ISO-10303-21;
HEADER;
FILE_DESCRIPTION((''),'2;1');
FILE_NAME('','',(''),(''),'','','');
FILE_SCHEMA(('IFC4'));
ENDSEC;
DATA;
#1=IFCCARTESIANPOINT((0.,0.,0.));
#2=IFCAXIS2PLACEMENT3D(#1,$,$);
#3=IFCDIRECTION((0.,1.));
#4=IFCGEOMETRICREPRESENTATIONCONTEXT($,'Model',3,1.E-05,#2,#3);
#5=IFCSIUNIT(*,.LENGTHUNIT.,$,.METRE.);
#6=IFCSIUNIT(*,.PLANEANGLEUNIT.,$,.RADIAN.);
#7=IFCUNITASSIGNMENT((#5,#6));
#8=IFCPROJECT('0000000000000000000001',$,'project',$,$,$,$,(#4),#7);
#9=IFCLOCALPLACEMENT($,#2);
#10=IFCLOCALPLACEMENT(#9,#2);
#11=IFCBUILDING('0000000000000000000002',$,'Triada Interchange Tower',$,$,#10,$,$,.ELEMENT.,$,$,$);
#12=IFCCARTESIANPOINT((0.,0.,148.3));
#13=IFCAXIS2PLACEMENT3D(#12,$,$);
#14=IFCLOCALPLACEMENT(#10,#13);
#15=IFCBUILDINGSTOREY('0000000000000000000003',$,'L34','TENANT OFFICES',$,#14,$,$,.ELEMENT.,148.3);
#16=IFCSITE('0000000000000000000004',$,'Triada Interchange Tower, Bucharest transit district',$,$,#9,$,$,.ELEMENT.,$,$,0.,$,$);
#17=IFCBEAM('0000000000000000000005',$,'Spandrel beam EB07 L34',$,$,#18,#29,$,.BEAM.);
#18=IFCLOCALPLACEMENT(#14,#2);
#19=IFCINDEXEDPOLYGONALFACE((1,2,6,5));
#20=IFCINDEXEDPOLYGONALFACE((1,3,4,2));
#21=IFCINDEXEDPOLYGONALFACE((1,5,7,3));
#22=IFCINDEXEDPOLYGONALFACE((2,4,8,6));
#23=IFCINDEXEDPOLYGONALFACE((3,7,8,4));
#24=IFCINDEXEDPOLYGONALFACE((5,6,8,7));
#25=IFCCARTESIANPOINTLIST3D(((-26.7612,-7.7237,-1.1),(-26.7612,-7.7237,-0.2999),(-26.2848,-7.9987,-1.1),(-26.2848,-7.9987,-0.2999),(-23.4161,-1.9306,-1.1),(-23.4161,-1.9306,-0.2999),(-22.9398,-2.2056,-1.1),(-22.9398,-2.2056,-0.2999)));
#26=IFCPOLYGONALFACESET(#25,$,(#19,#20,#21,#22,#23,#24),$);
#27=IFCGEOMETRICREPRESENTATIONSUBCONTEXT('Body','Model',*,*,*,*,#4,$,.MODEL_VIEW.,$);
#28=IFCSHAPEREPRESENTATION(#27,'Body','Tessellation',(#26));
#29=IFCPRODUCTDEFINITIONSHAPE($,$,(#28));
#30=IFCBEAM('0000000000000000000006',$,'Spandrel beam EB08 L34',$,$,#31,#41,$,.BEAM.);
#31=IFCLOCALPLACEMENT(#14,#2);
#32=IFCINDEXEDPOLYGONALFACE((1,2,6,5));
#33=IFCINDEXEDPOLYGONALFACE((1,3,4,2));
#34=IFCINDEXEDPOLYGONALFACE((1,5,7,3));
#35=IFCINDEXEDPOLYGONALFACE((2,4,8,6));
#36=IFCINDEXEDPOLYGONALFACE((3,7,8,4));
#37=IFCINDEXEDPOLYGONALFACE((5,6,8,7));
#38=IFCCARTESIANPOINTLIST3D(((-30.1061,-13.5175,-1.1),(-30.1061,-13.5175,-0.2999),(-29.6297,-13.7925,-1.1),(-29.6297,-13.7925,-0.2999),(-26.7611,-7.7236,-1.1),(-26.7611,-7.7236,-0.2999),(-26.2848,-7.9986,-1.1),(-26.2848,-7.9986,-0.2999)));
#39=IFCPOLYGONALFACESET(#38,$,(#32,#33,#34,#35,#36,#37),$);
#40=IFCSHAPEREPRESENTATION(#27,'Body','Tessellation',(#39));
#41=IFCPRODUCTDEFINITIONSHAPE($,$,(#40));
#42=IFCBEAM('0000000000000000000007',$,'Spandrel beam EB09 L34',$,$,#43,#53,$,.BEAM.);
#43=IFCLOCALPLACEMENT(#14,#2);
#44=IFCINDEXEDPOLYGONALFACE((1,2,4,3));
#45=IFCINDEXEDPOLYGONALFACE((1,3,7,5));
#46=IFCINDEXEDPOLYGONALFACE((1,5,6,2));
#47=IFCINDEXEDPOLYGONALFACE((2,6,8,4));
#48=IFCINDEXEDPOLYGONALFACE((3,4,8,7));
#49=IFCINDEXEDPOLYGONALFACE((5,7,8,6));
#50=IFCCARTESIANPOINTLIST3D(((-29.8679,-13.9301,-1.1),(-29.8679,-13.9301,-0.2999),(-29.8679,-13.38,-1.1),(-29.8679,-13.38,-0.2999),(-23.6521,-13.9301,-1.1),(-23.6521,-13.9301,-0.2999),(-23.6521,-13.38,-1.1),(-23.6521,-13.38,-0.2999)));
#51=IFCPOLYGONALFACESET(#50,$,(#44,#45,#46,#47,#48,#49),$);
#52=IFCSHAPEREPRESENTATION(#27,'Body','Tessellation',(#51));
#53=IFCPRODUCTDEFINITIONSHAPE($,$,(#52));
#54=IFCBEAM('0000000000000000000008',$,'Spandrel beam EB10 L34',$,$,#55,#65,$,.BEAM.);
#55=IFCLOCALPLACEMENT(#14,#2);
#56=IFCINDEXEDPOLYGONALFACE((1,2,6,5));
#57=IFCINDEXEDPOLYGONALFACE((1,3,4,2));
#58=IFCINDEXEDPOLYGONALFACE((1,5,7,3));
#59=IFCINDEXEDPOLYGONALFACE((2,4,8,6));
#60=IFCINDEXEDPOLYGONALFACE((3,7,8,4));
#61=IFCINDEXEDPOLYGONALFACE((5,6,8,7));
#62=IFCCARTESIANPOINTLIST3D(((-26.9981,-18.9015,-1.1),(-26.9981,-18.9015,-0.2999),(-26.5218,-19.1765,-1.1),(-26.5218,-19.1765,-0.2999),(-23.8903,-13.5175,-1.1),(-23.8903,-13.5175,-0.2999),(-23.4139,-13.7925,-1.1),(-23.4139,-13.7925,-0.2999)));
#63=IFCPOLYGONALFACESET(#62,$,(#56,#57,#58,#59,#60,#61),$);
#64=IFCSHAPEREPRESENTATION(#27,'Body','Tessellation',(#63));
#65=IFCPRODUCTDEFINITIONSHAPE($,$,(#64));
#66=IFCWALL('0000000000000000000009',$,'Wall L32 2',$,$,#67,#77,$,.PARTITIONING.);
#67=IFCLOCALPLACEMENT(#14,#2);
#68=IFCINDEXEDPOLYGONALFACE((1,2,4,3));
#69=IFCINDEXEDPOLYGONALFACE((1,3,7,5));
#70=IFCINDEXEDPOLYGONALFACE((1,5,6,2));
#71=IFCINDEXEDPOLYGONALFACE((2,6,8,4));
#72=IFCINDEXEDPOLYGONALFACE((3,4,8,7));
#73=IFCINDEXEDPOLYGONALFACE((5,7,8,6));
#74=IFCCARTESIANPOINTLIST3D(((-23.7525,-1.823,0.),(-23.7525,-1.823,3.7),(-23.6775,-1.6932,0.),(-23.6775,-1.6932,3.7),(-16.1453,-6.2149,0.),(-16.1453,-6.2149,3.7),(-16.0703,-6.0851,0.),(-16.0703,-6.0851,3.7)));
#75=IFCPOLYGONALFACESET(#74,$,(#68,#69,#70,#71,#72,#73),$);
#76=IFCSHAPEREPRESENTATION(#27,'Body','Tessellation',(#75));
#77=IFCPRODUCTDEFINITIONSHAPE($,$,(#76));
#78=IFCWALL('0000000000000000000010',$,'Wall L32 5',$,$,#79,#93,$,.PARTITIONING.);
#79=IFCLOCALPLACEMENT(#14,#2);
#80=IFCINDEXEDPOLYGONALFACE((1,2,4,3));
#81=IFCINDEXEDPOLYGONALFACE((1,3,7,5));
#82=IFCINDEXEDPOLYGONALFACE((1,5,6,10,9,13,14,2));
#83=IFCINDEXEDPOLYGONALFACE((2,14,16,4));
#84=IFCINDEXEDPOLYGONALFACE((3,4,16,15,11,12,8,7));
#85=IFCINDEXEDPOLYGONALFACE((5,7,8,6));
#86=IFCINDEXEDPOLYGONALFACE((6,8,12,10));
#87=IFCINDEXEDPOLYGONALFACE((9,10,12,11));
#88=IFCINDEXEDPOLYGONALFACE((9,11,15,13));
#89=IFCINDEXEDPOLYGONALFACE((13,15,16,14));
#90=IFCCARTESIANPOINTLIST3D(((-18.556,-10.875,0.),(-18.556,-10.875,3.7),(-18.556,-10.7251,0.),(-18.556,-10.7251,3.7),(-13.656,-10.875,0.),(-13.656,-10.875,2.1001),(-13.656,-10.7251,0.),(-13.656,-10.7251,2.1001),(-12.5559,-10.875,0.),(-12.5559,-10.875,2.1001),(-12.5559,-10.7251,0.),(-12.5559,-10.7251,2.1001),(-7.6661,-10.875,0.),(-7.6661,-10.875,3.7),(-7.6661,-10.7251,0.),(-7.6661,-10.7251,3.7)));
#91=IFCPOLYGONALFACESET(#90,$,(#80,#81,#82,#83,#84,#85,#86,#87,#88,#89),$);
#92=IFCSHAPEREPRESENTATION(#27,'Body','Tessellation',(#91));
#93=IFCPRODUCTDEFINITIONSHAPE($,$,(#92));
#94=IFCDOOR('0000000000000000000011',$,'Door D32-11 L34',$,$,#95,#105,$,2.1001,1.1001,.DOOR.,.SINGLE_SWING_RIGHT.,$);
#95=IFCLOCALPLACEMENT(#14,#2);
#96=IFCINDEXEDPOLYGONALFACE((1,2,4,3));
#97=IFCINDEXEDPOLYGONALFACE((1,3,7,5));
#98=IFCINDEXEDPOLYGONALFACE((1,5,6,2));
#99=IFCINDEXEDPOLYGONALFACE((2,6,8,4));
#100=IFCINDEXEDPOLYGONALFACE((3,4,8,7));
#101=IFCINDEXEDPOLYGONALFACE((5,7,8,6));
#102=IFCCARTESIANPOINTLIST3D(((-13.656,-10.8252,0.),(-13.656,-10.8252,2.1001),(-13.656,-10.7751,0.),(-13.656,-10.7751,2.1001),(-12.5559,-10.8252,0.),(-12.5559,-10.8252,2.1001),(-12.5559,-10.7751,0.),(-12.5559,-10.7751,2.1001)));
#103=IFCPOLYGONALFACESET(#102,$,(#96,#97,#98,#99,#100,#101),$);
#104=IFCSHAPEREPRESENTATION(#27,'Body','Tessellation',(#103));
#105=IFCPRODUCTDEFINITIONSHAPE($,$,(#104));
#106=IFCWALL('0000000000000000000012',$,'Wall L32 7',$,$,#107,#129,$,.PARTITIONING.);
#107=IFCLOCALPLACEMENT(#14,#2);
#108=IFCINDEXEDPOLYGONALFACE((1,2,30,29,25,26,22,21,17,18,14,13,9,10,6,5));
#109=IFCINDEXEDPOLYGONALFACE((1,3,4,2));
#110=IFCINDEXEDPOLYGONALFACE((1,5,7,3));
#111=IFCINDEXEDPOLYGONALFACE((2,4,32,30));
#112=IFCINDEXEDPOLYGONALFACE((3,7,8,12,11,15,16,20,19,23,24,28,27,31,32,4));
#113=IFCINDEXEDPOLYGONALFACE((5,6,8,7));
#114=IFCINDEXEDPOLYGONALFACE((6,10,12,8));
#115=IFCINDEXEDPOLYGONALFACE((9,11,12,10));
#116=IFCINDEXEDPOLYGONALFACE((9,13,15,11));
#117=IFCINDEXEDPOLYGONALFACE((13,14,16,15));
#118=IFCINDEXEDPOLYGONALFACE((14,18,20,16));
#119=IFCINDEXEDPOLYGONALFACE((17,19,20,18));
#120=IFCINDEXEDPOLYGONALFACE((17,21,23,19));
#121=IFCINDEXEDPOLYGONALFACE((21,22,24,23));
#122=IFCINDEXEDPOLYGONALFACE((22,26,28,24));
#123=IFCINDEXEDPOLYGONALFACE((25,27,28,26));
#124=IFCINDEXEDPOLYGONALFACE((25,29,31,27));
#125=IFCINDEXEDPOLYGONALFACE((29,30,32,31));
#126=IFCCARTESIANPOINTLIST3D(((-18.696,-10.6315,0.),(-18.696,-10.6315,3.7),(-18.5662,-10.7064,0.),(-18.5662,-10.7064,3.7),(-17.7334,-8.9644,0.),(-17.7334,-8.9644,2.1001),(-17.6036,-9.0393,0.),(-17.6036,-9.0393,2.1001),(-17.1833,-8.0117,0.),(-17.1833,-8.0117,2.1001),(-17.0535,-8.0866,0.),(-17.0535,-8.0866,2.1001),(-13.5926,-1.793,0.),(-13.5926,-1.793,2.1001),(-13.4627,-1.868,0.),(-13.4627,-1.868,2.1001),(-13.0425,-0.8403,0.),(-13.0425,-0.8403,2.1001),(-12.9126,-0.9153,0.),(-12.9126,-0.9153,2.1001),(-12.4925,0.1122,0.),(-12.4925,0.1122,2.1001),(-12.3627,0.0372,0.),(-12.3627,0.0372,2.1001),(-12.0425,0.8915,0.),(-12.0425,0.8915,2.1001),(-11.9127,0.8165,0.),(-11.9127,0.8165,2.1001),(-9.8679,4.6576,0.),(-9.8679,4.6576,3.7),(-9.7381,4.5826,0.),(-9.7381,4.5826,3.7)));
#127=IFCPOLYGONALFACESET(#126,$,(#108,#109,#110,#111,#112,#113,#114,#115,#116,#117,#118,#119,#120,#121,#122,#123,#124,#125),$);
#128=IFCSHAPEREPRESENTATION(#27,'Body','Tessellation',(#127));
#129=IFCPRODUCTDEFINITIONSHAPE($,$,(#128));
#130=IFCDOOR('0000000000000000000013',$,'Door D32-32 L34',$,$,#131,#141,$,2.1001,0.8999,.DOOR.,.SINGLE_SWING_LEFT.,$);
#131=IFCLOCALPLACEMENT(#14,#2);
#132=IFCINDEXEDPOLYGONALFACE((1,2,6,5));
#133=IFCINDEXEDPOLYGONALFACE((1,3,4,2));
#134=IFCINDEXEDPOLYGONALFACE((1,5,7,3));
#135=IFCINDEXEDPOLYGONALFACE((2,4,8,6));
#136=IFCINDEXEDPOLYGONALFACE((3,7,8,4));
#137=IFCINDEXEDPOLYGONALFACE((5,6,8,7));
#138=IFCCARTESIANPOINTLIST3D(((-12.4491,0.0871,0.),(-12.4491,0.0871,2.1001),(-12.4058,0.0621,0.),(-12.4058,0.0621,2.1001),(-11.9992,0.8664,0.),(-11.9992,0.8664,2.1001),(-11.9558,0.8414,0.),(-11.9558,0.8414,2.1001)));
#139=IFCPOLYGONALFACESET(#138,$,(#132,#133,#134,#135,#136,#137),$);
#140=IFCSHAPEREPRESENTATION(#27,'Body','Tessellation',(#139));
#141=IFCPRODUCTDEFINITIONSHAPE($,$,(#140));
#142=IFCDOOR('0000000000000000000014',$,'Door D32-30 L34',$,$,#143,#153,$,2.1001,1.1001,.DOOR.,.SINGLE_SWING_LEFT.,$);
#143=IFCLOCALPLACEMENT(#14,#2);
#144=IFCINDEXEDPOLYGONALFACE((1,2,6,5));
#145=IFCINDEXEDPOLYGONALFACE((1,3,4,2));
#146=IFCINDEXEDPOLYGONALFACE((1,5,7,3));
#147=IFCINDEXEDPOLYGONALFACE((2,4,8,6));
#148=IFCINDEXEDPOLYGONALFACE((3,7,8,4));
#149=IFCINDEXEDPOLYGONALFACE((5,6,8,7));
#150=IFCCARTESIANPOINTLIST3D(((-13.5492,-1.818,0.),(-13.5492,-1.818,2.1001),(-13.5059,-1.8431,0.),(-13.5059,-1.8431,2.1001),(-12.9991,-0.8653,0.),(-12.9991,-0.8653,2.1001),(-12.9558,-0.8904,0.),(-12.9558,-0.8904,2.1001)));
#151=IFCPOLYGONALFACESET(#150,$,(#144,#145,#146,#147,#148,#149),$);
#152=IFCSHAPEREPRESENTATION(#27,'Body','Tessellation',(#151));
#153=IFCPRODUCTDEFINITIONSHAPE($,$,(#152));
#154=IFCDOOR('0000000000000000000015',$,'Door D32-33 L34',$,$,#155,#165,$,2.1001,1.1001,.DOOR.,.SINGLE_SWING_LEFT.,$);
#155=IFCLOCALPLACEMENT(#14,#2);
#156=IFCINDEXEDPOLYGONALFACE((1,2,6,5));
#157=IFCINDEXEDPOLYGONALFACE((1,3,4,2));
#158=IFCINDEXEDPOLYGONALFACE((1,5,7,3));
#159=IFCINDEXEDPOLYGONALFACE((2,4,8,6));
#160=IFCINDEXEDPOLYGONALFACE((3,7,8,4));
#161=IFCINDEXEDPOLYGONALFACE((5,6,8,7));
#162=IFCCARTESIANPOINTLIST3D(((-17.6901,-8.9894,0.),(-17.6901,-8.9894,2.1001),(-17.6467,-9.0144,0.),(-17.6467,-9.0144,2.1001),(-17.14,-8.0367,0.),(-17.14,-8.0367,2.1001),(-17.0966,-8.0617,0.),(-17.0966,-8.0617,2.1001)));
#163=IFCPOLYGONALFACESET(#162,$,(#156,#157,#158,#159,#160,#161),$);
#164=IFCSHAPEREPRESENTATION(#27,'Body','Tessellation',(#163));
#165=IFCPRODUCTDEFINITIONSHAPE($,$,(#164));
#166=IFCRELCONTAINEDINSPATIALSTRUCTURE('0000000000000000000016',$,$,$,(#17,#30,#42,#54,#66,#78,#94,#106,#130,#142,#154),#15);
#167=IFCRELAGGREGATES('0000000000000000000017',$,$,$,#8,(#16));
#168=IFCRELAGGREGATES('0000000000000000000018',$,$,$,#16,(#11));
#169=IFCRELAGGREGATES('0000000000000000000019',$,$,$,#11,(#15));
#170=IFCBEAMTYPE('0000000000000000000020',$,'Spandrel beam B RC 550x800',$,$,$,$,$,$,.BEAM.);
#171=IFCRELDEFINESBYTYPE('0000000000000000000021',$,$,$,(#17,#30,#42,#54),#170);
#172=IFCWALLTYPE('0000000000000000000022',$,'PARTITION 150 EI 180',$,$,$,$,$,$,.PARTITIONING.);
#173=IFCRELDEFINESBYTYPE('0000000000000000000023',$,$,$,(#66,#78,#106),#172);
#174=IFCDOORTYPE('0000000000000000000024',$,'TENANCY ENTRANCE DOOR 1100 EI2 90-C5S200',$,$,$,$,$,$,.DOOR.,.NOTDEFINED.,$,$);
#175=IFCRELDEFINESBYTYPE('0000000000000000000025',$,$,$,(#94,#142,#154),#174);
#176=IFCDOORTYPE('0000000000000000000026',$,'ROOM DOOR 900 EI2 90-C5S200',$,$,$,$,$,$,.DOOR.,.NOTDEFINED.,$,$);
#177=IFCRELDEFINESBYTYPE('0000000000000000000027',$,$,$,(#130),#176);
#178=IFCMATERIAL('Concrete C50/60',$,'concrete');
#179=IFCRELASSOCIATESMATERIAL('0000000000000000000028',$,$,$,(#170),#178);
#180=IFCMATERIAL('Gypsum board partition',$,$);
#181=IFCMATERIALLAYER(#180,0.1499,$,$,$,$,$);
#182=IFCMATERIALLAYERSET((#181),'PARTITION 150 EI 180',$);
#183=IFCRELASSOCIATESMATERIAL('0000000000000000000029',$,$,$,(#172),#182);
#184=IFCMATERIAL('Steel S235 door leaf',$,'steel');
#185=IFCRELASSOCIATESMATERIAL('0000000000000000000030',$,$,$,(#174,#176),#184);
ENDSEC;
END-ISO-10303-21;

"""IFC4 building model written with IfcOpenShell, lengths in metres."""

from ifc_helpers import new_model, si_unit, direction, frame, frame_2d, origin, origin_2d, place, context, subcontext, project, spatial, rectangle, extrude, material, layer, layer_set, material_profile, profile_set, type_object, element, fill, save


model = new_model("IFC4")

# Units and contexts
model_context = context("Model", 3, precision=1e-05, world=origin(), true_north=direction((0.0, 1.0)))
body_context = subcontext(model_context, "Body", "Model", "MODEL_VIEW")
ifc_project = project(units=[si_unit("LENGTHUNIT", "METRE"), si_unit("PLANEANGLEUNIT", "RADIAN")], contexts=[model_context])

# Site, building, storey
site_placement = place(None, origin())
site = spatial("IfcSite", under=ifc_project, at=site_placement, Name="Triada Interchange Tower, Bucharest transit district", CompositionType="ELEMENT", RefElevation=0.0)
building_placement = place(site_placement, origin())
building = spatial("IfcBuilding", under=site, at=building_placement, Name="Triada Interchange Tower", CompositionType="ELEMENT")
storey_placement = place(building_placement, frame((0.0, 0.0, 148.3)))
storey = spatial("IfcBuildingStorey", under=building, at=storey_placement, Name="L34", Description="TENANT OFFICES", CompositionType="ELEMENT", Elevation=148.3)

# Beams
ifc_material_1 = material(Name="Concrete C50/60", Category="concrete")
ifc_material_profile_1 = material_profile(ifc_material_1, rectangle(XDim=0.55, YDim=0.8, at=origin_2d()), Name="RC 550x800")
ifc_profile_set_1 = profile_set([ifc_material_profile_1], Name="Concrete C50/60")
beam_type_1 = type_object("IfcBeamType", Name="Spandrel beam B RC 550x800", PredefinedType="BEAM", material=ifc_profile_set_1)
beam_1_placement = place(storey_placement, frame((-23.178, -2.0681, -0.7), z_axis=(-0.500045, -0.866, 0.0), x_axis=(0.866, -0.500045, 0.0)))
element("IfcBeam", 1, at=beam_1_placement, inside=storey, type_object=beam_type_1, Name="Spandrel beam EB07 L34", PredefinedType="BEAM", context=body_context, shape_type="SweptSolid", body=[
    extrude(rectangle(XDim=0.55, YDim=0.8, at=origin_2d()), origin(), (0.0, 0.0, 1.0), 6.6895),
])
beam_2_placement = place(storey_placement, frame((-26.5229, -7.8611, -0.7), z_axis=(-0.499981, -0.866036, 0.0), x_axis=(0.866036, -0.499981, 0.0)))
element("IfcBeam", 2, at=beam_2_placement, inside=storey, type_object=beam_type_1, Name="Spandrel beam EB08 L34", PredefinedType="BEAM", context=body_context, shape_type="SweptSolid", body=[
    extrude(rectangle(XDim=0.55, YDim=0.8, at=origin_2d()), origin(), (0.0, 0.0, 1.0), 6.6902),
])
beam_3_placement = place(storey_placement, frame((-29.8679, -13.655, -0.7), z_axis=(1.0, 0.0, 0.0), x_axis=(0.0, 1.0, 0.0)))
element("IfcBeam", 3, at=beam_3_placement, inside=storey, type_object=beam_type_1, Name="Spandrel beam EB09 L34", PredefinedType="BEAM", context=body_context, shape_type="SweptSolid", body=[
    extrude(rectangle(XDim=0.55, YDim=0.8, at=origin_2d()), origin(), (0.0, 0.0, 1.0), 6.2158),
])
beam_4_placement = place(storey_placement, frame((-23.6521, -13.655, -0.7), z_axis=(-0.499932, -0.866065, 0.0), x_axis=(0.866065, -0.499932, 0.0)))
element("IfcBeam", 4, at=beam_4_placement, inside=storey, type_object=beam_type_1, Name="Spandrel beam EB10 L34", PredefinedType="BEAM", context=body_context, shape_type="SweptSolid", body=[
    extrude(rectangle(XDim=0.55, YDim=0.8, at=origin_2d()), origin(), (0.0, 0.0, 1.0), 6.2166),
])

# Wall
ifc_material_2 = material(Name="Gypsum board partition")
ifc_layer_1 = layer(ifc_material_2, 0.1499)
ifc_layer_set_1 = layer_set([ifc_layer_1], Name="PARTITION 150 EI 180")
wall_type = type_object("IfcWallType", Name="PARTITION 150 EI 180", PredefinedType="PARTITIONING", material=ifc_layer_set_1)
wall_1_placement = place(storey_placement, frame((-23.7151, -1.7581, 0.0), z_axis=(0.0, 0.0, 1.0), x_axis=(0.866033, -0.499986, 0.0)))
element("IfcWall", 5, at=wall_1_placement, inside=storey, type_object=wall_type, Name="Wall L32 2", PredefinedType="PARTITIONING", context=body_context, shape_type="SweptSolid", body=[
    extrude(rectangle(XDim=8.7839, YDim=0.1499, at=frame_2d((4.3921, 0.0))), origin(), (0.0, 0.0, 1.0), 3.7),
])

# Wall, opening, door
wall_2_placement = place(storey_placement, frame((-18.5559, -10.8, 0.0), z_axis=(0.0, 0.0, 1.0), x_axis=(1.0, 0.0, 0.0)))
wall_2 = element("IfcWall", 6, at=wall_2_placement, inside=storey, type_object=wall_type, Name="Wall L32 5", PredefinedType="PARTITIONING", context=body_context, shape_type="SweptSolid", body=[
    extrude(rectangle(XDim=10.8899, YDim=0.1499, at=frame_2d((5.4448, 0.0))), origin(), (0.0, 0.0, 1.0), 3.7),
])
opening_1_placement = place(wall_2_placement, frame((4.8999, 0.0, 0.0)))
opening_1 = element("IfcOpeningElement", 7, at=opening_1_placement, cuts=wall_2, PredefinedType="OPENING", context=body_context, shape_type="SweptSolid", body=[
    extrude(rectangle(XDim=1.1001, YDim=2.1001, at=frame_2d((0.55, 1.05))), frame((0.0, 0.085, 0.0), z_axis=(0.0, -1.0, 0.0), x_axis=(1.0, 0.0, 0.0)), (0.0, 0.0, 1.0), 0.1699),
])
ifc_material_3 = material(Name="Steel S235 door leaf", Category="steel")
door_type_1 = type_object("IfcDoorType", Name="TENANCY ENTRANCE DOOR 1100 EI2 90-C5S200", OperationType="NOTDEFINED", PredefinedType="DOOR", material=ifc_material_3)
door_1_placement = place(opening_1_placement, origin())
door_1 = element("IfcDoor", 8, at=door_1_placement, inside=storey, type_object=door_type_1, Name="Door D32-11 L34", OperationType="SINGLE_SWING_RIGHT", OverallHeight=2.1001, OverallWidth=1.1001, PredefinedType="DOOR", context=body_context, shape_type="SweptSolid", body=[
    extrude(rectangle(XDim=1.1001, YDim=2.1001, at=frame_2d((0.55, 1.05))), frame((0.0, 0.0249, 0.0), z_axis=(0.0, -1.0, 0.0), x_axis=(1.0, 0.0, 0.0)), (0.0, 0.0, 1.0), 0.05),
])
fill(opening_1, door_1)

# Wall, openings, doors
wall_3_placement = place(storey_placement, frame((-18.6311, -10.6689, 0.0), z_axis=(0.0, 0.0, 1.0), x_axis=(0.500042, 0.866001, 0.0)))
wall_3 = element("IfcWall", 9, at=wall_3_placement, inside=storey, type_object=wall_type, Name="Wall L32 7", PredefinedType="PARTITIONING", context=body_context, shape_type="SweptSolid", body=[
    extrude(rectangle(XDim=17.6548, YDim=0.1499, at=frame_2d((8.8274, 0.0))), origin(), (0.0, 0.0, 1.0), 3.7),
])
opening_2_placement = place(wall_3_placement, frame((10.2061, 0.0, 0.0)))
opening_2 = element("IfcOpeningElement", 10, at=opening_2_placement, cuts=wall_3, PredefinedType="OPENING", context=body_context, shape_type="SweptSolid", body=[
    extrude(rectangle(XDim=1.1001, YDim=2.1001, at=frame_2d((0.55, 1.05))), frame((0.0, 0.085, 0.0), z_axis=(0.0, -1.0, 0.0), x_axis=(1.0, 0.0, 0.0)), (0.0, 0.0, 1.0), 0.1699),
])
opening_3_placement = place(wall_3_placement, frame((12.406, 0.0, 0.0)))
opening_3 = element("IfcOpeningElement", 11, at=opening_3_placement, cuts=wall_3, PredefinedType="OPENING", context=body_context, shape_type="SweptSolid", body=[
    extrude(rectangle(XDim=0.8999, YDim=2.1001, at=frame_2d((0.45, 1.05))), frame((0.0, 0.085, 0.0), z_axis=(0.0, -1.0, 0.0), x_axis=(1.0, 0.0, 0.0)), (0.0, 0.0, 1.0), 0.1699),
])
opening_4_placement = place(wall_3_placement, frame((1.925, 0.0, 0.0)))
opening_4 = element("IfcOpeningElement", 12, at=opening_4_placement, cuts=wall_3, PredefinedType="OPENING", context=body_context, shape_type="SweptSolid", body=[
    extrude(rectangle(XDim=1.1001, YDim=2.1001, at=frame_2d((0.55, 1.05))), frame((0.0, 0.085, 0.0), z_axis=(0.0, -1.0, 0.0), x_axis=(1.0, 0.0, 0.0)), (0.0, 0.0, 1.0), 0.1699),
])
door_type_2 = type_object("IfcDoorType", Name="ROOM DOOR 900 EI2 90-C5S200", OperationType="NOTDEFINED", PredefinedType="DOOR", material=ifc_material_3)
door_2_placement = place(opening_3_placement, origin())
door_2 = element("IfcDoor", 13, at=door_2_placement, inside=storey, type_object=door_type_2, Name="Door D32-32 L34", OperationType="SINGLE_SWING_LEFT", OverallHeight=2.1001, OverallWidth=0.8999, PredefinedType="DOOR", context=body_context, shape_type="SweptSolid", body=[
    extrude(rectangle(XDim=0.8999, YDim=2.1001, at=frame_2d((0.45, 1.05))), frame((0.0, 0.0249, 0.0), z_axis=(0.0, -1.0, 0.0), x_axis=(1.0, 0.0, 0.0)), (0.0, 0.0, 1.0), 0.05),
])
fill(opening_3, door_2)
door_3_placement = place(opening_2_placement, origin())
door_3 = element("IfcDoor", 14, at=door_3_placement, inside=storey, type_object=door_type_1, Name="Door D32-30 L34", OperationType="SINGLE_SWING_LEFT", OverallHeight=2.1001, OverallWidth=1.1001, PredefinedType="DOOR", context=body_context, shape_type="SweptSolid", body=[
    extrude(rectangle(XDim=1.1001, YDim=2.1001, at=frame_2d((0.55, 1.05))), frame((0.0, 0.0249, 0.0), z_axis=(0.0, -1.0, 0.0), x_axis=(1.0, 0.0, 0.0)), (0.0, 0.0, 1.0), 0.05),
])
fill(opening_2, door_3)
door_4_placement = place(opening_4_placement, origin())
door_4 = element("IfcDoor", 15, at=door_4_placement, inside=storey, type_object=door_type_1, Name="Door D32-33 L34", OperationType="SINGLE_SWING_LEFT", OverallHeight=2.1001, OverallWidth=1.1001, PredefinedType="DOOR", context=body_context, shape_type="SweptSolid", body=[
    extrude(rectangle(XDim=1.1001, YDim=2.1001, at=frame_2d((0.55, 1.05))), frame((0.0, 0.0249, 0.0), z_axis=(0.0, -1.0, 0.0), x_axis=(1.0, 0.0, 0.0)), (0.0, 0.0, 1.0), 0.05),
])
fill(opening_4, door_4)

save(model, "model.ifc")
